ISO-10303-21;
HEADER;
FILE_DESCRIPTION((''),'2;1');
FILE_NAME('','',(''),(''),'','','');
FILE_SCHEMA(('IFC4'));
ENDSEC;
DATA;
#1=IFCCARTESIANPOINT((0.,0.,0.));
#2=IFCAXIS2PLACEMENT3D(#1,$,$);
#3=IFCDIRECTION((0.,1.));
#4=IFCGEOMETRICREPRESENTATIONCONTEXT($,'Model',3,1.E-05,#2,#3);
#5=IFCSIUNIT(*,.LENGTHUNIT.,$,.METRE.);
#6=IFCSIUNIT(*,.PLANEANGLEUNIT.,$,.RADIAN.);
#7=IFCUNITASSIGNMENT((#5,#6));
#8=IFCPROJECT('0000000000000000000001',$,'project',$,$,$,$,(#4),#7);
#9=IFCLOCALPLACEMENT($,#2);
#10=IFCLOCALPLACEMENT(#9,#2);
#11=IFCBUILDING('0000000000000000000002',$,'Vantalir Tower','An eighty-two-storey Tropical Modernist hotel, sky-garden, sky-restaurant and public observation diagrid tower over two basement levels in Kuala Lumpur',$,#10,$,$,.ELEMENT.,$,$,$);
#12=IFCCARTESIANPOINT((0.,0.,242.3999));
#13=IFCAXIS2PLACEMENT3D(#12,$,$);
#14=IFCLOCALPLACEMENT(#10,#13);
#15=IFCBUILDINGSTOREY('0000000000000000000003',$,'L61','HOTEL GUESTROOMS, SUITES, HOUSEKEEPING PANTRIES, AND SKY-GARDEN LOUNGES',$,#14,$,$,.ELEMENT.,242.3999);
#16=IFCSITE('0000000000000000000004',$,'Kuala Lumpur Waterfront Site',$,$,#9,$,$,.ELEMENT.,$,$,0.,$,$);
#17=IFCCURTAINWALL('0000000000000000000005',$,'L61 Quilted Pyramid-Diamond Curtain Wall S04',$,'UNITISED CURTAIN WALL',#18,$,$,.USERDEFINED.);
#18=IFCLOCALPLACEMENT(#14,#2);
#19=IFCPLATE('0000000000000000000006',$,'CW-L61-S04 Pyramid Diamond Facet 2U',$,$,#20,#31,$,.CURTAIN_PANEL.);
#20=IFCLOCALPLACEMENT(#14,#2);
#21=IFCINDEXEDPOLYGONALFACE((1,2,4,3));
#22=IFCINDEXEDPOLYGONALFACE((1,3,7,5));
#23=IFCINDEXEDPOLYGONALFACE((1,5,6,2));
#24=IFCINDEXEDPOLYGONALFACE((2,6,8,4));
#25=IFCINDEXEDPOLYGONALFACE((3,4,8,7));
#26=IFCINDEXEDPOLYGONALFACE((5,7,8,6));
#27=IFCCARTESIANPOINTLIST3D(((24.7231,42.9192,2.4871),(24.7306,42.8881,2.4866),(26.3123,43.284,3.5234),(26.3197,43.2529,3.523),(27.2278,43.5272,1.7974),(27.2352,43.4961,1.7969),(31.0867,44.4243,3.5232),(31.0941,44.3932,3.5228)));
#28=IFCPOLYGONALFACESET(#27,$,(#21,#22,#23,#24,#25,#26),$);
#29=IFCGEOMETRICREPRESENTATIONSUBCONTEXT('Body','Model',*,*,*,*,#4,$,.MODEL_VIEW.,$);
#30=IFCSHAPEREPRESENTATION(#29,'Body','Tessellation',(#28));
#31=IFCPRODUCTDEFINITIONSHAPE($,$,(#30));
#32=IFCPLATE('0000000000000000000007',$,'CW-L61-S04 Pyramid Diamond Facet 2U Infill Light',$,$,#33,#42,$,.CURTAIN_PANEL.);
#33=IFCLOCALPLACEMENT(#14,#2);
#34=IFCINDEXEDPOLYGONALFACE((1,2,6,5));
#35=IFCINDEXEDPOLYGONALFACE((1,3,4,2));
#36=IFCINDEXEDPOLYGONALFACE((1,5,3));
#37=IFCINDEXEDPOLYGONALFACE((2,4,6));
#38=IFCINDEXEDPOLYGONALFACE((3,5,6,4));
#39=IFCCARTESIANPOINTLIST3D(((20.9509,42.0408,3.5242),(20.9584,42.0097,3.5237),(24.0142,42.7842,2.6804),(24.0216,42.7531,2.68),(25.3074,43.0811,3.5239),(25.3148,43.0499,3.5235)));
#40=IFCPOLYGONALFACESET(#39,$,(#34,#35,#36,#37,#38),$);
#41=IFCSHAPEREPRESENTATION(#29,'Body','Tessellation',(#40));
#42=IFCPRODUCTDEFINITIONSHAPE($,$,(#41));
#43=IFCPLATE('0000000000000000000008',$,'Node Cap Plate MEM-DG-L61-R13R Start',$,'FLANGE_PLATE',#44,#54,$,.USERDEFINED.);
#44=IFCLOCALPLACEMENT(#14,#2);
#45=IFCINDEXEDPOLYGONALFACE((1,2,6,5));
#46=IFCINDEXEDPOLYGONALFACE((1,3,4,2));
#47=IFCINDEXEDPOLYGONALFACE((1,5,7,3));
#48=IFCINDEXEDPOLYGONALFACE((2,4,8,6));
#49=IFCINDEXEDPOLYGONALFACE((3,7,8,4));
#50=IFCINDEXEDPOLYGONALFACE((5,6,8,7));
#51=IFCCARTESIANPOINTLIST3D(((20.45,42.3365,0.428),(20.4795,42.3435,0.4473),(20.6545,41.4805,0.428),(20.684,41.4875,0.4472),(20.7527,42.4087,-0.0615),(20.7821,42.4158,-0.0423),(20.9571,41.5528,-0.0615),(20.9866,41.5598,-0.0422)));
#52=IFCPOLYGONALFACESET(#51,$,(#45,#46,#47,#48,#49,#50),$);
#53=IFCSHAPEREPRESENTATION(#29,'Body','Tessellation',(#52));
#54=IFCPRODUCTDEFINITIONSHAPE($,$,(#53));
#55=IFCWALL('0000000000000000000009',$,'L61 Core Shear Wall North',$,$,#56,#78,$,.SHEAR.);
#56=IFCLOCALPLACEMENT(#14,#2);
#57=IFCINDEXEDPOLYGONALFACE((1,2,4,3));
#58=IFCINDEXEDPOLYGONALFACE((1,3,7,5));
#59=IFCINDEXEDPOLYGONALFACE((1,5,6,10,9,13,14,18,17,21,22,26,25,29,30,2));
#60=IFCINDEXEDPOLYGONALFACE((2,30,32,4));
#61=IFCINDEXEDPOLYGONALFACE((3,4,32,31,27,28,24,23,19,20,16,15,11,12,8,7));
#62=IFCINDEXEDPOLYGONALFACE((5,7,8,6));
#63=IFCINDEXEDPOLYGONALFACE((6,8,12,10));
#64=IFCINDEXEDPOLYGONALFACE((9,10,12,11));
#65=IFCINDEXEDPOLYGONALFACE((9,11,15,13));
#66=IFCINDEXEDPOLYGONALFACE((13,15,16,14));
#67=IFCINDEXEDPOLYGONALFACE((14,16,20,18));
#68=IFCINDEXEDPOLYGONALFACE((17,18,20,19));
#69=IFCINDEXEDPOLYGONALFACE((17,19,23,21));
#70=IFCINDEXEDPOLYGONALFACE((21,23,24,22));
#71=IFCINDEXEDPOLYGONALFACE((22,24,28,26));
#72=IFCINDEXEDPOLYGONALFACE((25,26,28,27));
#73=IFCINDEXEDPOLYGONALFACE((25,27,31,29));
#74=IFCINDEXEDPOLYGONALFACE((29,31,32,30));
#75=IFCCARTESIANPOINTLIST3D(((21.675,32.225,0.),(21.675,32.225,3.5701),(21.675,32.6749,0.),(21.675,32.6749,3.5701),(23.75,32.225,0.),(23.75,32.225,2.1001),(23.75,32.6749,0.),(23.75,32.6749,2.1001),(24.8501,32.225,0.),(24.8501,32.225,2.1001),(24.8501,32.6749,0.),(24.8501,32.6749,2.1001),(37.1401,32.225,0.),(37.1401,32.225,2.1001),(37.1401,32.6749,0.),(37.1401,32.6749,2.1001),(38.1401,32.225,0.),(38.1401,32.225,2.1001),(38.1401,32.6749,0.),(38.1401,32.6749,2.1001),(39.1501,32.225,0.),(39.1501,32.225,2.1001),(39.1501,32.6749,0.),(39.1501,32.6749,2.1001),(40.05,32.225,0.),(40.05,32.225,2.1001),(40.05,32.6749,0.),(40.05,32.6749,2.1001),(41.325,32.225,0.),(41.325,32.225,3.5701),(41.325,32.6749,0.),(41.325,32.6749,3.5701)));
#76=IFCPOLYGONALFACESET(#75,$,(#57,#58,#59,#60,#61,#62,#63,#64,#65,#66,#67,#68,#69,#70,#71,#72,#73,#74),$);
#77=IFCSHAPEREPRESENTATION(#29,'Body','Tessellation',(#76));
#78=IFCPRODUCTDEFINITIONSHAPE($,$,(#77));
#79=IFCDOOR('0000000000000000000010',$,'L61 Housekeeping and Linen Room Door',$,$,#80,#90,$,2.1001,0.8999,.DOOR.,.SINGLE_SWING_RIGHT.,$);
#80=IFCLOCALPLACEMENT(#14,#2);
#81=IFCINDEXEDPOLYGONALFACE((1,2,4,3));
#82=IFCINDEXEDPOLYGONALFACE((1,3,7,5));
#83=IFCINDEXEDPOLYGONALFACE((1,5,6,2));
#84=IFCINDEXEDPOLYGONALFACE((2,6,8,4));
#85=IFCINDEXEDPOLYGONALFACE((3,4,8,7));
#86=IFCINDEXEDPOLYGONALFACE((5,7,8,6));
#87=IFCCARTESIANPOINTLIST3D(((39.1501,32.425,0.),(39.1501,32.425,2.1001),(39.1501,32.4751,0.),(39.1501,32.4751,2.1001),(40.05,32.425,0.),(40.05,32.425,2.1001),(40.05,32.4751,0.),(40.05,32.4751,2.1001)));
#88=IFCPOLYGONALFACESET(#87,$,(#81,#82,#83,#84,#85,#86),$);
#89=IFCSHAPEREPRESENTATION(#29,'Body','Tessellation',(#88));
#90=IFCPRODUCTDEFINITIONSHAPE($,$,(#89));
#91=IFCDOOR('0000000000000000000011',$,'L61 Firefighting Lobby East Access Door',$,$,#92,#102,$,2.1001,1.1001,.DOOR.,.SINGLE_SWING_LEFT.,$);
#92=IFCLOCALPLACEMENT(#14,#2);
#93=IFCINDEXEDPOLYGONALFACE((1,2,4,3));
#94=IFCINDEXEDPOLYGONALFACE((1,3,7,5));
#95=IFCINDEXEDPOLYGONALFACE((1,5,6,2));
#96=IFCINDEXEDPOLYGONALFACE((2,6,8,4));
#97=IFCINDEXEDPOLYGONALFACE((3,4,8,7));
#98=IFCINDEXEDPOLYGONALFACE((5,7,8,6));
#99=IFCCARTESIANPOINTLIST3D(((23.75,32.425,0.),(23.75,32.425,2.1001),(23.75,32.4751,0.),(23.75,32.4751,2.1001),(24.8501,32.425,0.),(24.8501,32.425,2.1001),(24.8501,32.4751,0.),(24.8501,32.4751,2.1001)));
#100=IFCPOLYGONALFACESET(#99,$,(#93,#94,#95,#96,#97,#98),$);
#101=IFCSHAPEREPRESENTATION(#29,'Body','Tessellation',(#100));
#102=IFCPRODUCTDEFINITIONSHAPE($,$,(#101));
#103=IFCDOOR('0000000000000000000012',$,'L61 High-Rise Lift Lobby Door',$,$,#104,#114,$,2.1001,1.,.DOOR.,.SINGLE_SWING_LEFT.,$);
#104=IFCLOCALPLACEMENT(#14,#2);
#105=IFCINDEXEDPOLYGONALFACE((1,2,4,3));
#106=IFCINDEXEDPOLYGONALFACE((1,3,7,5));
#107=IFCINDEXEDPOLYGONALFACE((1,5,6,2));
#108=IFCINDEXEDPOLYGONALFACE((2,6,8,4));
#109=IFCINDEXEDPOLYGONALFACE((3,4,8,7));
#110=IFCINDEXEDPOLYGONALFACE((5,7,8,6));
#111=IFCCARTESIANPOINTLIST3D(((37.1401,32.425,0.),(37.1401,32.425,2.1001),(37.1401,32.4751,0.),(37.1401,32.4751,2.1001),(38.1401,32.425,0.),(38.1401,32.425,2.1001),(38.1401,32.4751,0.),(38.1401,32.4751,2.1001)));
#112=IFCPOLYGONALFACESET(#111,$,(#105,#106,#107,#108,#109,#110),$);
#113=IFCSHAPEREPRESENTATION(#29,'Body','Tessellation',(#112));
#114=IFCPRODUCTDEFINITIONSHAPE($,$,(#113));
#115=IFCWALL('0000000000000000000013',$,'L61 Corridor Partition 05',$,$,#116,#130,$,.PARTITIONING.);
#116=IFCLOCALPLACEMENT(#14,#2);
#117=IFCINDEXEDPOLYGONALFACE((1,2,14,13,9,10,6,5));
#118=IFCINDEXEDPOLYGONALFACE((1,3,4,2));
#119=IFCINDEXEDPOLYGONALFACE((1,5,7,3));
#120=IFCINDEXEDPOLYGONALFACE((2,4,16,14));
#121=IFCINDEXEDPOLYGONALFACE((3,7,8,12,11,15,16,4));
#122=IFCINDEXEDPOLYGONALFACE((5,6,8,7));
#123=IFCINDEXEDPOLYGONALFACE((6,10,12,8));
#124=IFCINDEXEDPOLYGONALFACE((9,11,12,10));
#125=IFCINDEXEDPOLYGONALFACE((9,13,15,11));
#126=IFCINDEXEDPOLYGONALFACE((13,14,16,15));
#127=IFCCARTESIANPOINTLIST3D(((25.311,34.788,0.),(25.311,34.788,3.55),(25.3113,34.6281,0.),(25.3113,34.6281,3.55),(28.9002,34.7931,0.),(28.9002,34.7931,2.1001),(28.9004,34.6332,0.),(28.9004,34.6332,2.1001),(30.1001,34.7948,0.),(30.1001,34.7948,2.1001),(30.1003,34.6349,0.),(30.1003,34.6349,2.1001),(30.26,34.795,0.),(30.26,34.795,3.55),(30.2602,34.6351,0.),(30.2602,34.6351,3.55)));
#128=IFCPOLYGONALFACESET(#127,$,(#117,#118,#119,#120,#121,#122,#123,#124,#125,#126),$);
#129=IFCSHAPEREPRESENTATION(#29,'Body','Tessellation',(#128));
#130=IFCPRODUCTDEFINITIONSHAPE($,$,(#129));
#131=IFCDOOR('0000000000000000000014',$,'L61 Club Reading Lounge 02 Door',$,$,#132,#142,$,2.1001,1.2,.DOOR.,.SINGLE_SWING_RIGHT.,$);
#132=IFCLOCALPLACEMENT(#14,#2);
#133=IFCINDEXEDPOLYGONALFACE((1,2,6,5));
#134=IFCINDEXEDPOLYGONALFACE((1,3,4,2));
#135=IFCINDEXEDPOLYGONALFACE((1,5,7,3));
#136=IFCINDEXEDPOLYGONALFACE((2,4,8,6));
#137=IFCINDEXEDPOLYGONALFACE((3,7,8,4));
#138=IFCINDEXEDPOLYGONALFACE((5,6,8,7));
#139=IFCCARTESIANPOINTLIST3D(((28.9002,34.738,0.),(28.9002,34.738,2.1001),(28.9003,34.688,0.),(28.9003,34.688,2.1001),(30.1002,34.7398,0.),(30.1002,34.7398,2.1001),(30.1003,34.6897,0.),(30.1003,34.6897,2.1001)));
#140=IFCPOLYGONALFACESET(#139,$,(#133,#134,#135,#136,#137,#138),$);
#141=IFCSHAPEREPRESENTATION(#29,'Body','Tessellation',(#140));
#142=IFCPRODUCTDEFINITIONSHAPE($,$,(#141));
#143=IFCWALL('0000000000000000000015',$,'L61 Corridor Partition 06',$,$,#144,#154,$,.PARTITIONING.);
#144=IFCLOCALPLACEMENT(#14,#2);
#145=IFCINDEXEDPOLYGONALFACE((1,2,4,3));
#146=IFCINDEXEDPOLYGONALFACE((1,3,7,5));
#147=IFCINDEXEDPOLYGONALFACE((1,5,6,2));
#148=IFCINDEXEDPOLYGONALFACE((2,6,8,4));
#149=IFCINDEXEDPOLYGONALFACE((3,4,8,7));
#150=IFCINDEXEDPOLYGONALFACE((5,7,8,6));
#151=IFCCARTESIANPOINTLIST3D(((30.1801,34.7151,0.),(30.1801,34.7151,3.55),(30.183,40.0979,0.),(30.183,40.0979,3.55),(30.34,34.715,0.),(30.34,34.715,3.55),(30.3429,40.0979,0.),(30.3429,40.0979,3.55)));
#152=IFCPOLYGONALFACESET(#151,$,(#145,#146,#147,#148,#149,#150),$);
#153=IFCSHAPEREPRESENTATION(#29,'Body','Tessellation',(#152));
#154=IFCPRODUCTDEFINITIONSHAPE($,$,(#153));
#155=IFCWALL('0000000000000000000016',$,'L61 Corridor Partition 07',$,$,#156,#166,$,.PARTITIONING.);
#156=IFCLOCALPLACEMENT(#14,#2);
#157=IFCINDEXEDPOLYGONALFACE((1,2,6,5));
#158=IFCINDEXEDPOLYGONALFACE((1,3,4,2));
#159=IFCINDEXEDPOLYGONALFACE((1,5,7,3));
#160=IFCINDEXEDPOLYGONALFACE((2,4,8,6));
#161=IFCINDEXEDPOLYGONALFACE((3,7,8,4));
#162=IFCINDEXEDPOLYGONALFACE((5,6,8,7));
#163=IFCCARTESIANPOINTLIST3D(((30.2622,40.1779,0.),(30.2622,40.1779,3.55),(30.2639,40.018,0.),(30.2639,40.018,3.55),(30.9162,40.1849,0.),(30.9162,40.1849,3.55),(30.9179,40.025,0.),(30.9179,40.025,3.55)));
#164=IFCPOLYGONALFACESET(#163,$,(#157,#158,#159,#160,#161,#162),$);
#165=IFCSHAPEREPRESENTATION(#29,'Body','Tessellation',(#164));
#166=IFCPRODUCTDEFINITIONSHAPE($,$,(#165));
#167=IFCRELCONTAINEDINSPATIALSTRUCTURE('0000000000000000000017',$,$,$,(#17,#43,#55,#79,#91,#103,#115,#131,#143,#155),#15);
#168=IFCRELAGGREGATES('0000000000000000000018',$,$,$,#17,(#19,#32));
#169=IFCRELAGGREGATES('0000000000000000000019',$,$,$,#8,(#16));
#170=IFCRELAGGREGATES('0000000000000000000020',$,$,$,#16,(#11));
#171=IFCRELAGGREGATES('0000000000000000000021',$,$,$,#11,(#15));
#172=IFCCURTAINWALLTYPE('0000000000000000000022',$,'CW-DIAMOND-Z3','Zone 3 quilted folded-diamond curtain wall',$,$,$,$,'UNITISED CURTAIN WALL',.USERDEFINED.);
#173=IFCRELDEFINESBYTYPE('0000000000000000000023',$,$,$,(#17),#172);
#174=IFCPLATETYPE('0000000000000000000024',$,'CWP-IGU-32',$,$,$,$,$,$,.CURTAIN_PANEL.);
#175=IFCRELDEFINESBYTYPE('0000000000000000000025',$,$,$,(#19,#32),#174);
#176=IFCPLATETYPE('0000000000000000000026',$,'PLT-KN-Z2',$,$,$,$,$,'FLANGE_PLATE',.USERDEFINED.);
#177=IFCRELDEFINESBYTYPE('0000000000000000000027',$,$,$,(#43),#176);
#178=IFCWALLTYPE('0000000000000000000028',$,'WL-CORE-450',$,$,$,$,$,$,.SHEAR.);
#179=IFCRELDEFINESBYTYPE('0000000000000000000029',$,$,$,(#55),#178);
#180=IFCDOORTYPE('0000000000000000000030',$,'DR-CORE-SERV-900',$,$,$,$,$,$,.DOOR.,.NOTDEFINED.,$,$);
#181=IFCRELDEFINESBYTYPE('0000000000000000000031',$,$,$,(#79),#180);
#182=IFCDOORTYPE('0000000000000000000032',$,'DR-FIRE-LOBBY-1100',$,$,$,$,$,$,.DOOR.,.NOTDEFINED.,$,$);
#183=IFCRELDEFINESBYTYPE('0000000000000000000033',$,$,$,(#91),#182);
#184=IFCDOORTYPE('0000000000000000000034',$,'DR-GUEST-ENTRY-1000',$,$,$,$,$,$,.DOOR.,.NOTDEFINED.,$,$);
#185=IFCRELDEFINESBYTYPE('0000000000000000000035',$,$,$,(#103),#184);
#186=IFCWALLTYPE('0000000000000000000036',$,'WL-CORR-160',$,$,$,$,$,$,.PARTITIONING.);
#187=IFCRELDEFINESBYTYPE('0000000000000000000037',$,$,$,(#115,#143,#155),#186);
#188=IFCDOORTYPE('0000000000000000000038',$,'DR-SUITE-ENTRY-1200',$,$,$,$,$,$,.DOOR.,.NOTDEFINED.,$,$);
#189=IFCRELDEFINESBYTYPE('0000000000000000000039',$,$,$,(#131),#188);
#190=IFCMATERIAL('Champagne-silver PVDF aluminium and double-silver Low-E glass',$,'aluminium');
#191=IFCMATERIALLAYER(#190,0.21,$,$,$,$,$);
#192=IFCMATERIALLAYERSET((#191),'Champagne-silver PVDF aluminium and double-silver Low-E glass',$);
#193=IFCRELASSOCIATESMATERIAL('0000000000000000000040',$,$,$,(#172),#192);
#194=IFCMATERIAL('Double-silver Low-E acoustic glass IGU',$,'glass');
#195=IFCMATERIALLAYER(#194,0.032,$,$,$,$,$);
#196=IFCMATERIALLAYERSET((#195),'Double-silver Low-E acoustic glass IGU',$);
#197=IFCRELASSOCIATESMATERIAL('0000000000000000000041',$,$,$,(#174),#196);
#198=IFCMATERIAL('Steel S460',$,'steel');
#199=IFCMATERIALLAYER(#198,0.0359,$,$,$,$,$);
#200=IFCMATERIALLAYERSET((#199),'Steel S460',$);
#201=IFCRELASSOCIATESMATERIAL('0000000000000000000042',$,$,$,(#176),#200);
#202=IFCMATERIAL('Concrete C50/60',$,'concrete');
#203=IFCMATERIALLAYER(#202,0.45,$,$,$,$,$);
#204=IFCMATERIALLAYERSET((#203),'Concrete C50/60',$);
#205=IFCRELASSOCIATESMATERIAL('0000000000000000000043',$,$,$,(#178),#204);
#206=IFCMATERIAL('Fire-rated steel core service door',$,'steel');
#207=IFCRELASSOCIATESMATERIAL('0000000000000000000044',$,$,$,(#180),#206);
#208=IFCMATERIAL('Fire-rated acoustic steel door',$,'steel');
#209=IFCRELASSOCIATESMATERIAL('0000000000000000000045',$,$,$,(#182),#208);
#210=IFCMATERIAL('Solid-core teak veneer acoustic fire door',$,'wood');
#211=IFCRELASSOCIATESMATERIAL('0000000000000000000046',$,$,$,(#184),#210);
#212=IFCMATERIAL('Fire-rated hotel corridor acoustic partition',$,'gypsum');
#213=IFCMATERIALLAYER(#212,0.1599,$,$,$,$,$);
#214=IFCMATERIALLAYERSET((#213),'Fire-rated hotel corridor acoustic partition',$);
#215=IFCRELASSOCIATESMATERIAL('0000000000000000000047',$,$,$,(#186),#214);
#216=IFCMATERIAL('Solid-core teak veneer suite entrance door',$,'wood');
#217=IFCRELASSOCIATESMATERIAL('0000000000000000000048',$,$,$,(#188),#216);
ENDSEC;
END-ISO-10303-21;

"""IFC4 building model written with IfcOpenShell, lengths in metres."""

from ifc_helpers import new_model, si_unit, direction, frame, frame_2d, origin, place, context, subcontext, project, spatial, polyline, rectangle, outline, extrude, material, layer, layer_set, type_object, element, fill, aggregate, save


model = new_model("IFC4")

# Units and contexts
model_context = context("Model", 3, precision=1e-05, world=origin(), true_north=direction((0.0, 1.0)))
body_context = subcontext(model_context, "Body", "Model", "MODEL_VIEW")
ifc_project = project(units=[si_unit("LENGTHUNIT", "METRE"), si_unit("PLANEANGLEUNIT", "RADIAN")], contexts=[model_context])

# Site, building, storey
site_placement = place(None, origin())
site = spatial("IfcSite", under=ifc_project, at=site_placement, Name="Kuala Lumpur Waterfront Site", CompositionType="ELEMENT", RefElevation=0.0)
building_placement = place(site_placement, origin())
building = spatial("IfcBuilding", under=site, at=building_placement, Name="Vantalir Tower", Description="An eighty-two-storey Tropical Modernist hotel, sky-garden, sky-restaurant and public observation diagrid tower over two basement levels in Kuala Lumpur", CompositionType="ELEMENT")
storey_placement = place(building_placement, frame((0.0, 0.0, 242.3999)))
storey = spatial("IfcBuildingStorey", under=building, at=storey_placement, Name="L61", Description="HOTEL GUESTROOMS, SUITES, HOUSEKEEPING PANTRIES, AND SKY-GARDEN LOUNGES", CompositionType="ELEMENT", Elevation=242.3999)

# Shared definitions
ifc_material_1 = material(Name="Concrete C50/60", Category="concrete")

# Curtain wall
ifc_material_2 = material(Name="Champagne-silver PVDF aluminium and double-silver Low-E glass", Category="aluminium")
ifc_layer_1 = layer(ifc_material_2, 0.21)
ifc_layer_set_1 = layer_set([ifc_layer_1], Name="Champagne-silver PVDF aluminium and double-silver Low-E glass")
curtain_wall_type = type_object("IfcCurtainWallType", Name="CW-DIAMOND-Z3", Description="Zone 3 quilted folded-diamond curtain wall", ElementType="UNITISED CURTAIN WALL", PredefinedType="USERDEFINED", material=ifc_layer_set_1)
curtain_wall_placement = place(storey_placement, origin())
curtain_wall = element("IfcCurtainWall", 1, at=curtain_wall_placement, inside=storey, type_object=curtain_wall_type, Name="L61 Quilted Pyramid-Diamond Curtain Wall S04", ObjectType="UNITISED CURTAIN WALL", PredefinedType="USERDEFINED")

# Shared definitions
ifc_material_3 = material(Name="Steel S460", Category="steel")

# Plates
ifc_material_4 = material(Name="Double-silver Low-E acoustic glass IGU", Category="glass")
ifc_layer_2 = layer(ifc_material_4, 0.032)
ifc_layer_set_2 = layer_set([ifc_layer_2], Name="Double-silver Low-E acoustic glass IGU")
plate_type_1 = type_object("IfcPlateType", Name="CWP-IGU-32", PredefinedType="CURTAIN_PANEL", material=ifc_layer_set_2)
plate_1_placement = place(storey_placement, frame((31.0867, 44.4243, 3.5232), z_axis=(-0.23228, 0.972551, 0.013806), x_axis=(-0.972644, -0.232303, 0.000049)))
plate_1 = element("IfcPlate", 2, at=plate_1_placement, type_object=plate_type_1, Name="CW-L61-S04 Pyramid Diamond Facet 2U", PredefinedType="CURTAIN_PANEL", context=body_context, shape_type="SweptSolid", body=[
    extrude(outline(polyline([(0.0, 0.0), (4.9087, 0.0), (6.539, -1.0366), (3.9616, -1.7262), (0.0, 0.0)])), origin(), (0.0, 0.0, -1.0), 0.032),
])
plate_2_placement = place(storey_placement, frame((25.3074, 43.0811, 3.5239), z_axis=(-0.232239, 0.972561, 0.013758), x_axis=(-0.972653, -0.232262, 0.000055)))
plate_2 = element("IfcPlate", 3, at=plate_2_placement, type_object=plate_type_1, Name="CW-L61-S04 Pyramid Diamond Facet 2U Infill Light", PredefinedType="CURTAIN_PANEL", context=body_context, shape_type="SweptSolid", body=[
    extrude(outline(polyline([(0.0, 0.0), (4.4789, 0.0), (1.3268, -0.8437), (0.0, 0.0)])), origin(), (0.0, 0.0, -1.0), 0.032),
])
aggregate(curtain_wall, [plate_1, plate_2])
ifc_layer_3 = layer(ifc_material_3, 0.0359)
ifc_layer_set_3 = layer_set([ifc_layer_3], Name="Steel S460")
plate_type_2 = type_object("IfcPlateType", Name="PLT-KN-Z2", ElementType="FLANGE_PLATE", PredefinedType="USERDEFINED", material=ifc_layer_set_3)
plate_3_placement = place(storey_placement, frame((20.9866, 41.5598, -0.0422), z_axis=(0.820863, 0.196085, 0.536409), x_axis=(-0.232302, 0.972644, -0.000061)))
element("IfcPlate", 4, at=plate_3_placement, inside=storey, type_object=plate_type_2, Name="Node Cap Plate MEM-DG-L61-R13R Start", ObjectType="FLANGE_PLATE", PredefinedType="USERDEFINED", context=body_context, shape_type="SweptSolid", body=[
    extrude(outline(polyline([(0.0, 0.0), (0.88, 0.0), (0.88, 0.5801), (0.0, 0.5799), (0.0, 0.0)])), origin(), (0.0, 0.0, -1.0), 0.0359),
])

# Wall, openings, doors
ifc_layer_4 = layer(ifc_material_1, 0.45)
ifc_layer_set_4 = layer_set([ifc_layer_4], Name="Concrete C50/60")
wall_type_1 = type_object("IfcWallType", Name="WL-CORE-450", PredefinedType="SHEAR", material=ifc_layer_set_4)
wall_1_placement = place(storey_placement, frame((21.675, 32.45, 0.0), z_axis=(0.0, 0.0, 1.0), x_axis=(1.0, 0.0, 0.0)))
wall_1 = element("IfcWall", 5, at=wall_1_placement, inside=storey, type_object=wall_type_1, Name="L61 Core Shear Wall North", PredefinedType="SHEAR", context=body_context, shape_type="SweptSolid", body=[
    extrude(rectangle(XDim=19.6499, YDim=0.45, at=frame_2d((9.825, 0.0))), origin(), (0.0, 0.0, 1.0), 3.5701),
])
opening_1_placement = place(wall_1_placement, frame((2.075, 0.0, 0.0)))
opening_1 = element("IfcOpeningElement", 6, at=opening_1_placement, cuts=wall_1, PredefinedType="OPENING", context=body_context, shape_type="SweptSolid", body=[
    extrude(rectangle(XDim=1.1001, YDim=2.1001, at=frame_2d((0.55, 1.05))), frame((0.0, 0.2349, 0.0), z_axis=(0.0, -1.0, 0.0), x_axis=(1.0, 0.0, 0.0)), (0.0, 0.0, 1.0), 0.47),
])
opening_2_placement = place(wall_1_placement, frame((15.4651, 0.0, 0.0)))
opening_2 = element("IfcOpeningElement", 7, at=opening_2_placement, cuts=wall_1, PredefinedType="OPENING", context=body_context, shape_type="SweptSolid", body=[
    extrude(rectangle(XDim=1.0, YDim=2.1001, at=frame_2d((0.5, 1.05))), frame((0.0, 0.2349, 0.0), z_axis=(0.0, -1.0, 0.0), x_axis=(1.0, 0.0, 0.0)), (0.0, 0.0, 1.0), 0.47),
])
opening_3_placement = place(wall_1_placement, frame((17.4751, 0.0, 0.0)))
opening_3 = element("IfcOpeningElement", 8, at=opening_3_placement, cuts=wall_1, PredefinedType="OPENING", context=body_context, shape_type="SweptSolid", body=[
    extrude(rectangle(XDim=0.8999, YDim=2.1001, at=frame_2d((0.45, 1.05))), frame((0.0, 0.2349, 0.0), z_axis=(0.0, -1.0, 0.0), x_axis=(1.0, 0.0, 0.0)), (0.0, 0.0, 1.0), 0.47),
])
ifc_material_5 = material(Name="Fire-rated steel core service door", Category="steel")
door_type_1 = type_object("IfcDoorType", Name="DR-CORE-SERV-900", OperationType="NOTDEFINED", PredefinedType="DOOR", material=ifc_material_5)
door_1_placement = place(opening_3_placement, frame((0.8999, 0.0, 0.0), z_axis=(0.0, 0.0, 1.0), x_axis=(-1.0, 0.0, 0.0)))
door_1 = element("IfcDoor", 9, at=door_1_placement, inside=storey, type_object=door_type_1, Name="L61 Housekeeping and Linen Room Door", OperationType="SINGLE_SWING_RIGHT", OverallHeight=2.1001, OverallWidth=0.8999, PredefinedType="DOOR", context=body_context, shape_type="SweptSolid", body=[
    extrude(rectangle(XDim=0.8999, YDim=2.1001, at=frame_2d((0.45, 1.05))), frame((0.0, 0.0249, 0.0), z_axis=(0.0, -1.0, 0.0), x_axis=(1.0, 0.0, 0.0)), (0.0, 0.0, 1.0), 0.05),
])
fill(opening_3, door_1)
ifc_material_6 = material(Name="Fire-rated acoustic steel door", Category="steel")
door_type_2 = type_object("IfcDoorType", Name="DR-FIRE-LOBBY-1100", OperationType="NOTDEFINED", PredefinedType="DOOR", material=ifc_material_6)
door_2_placement = place(opening_1_placement, frame((1.1001, 0.0, 0.0), z_axis=(0.0, 0.0, 1.0), x_axis=(-1.0, 0.0, 0.0)))
door_2 = element("IfcDoor", 10, at=door_2_placement, inside=storey, type_object=door_type_2, Name="L61 Firefighting Lobby East Access Door", OperationType="SINGLE_SWING_LEFT", OverallHeight=2.1001, OverallWidth=1.1001, PredefinedType="DOOR", context=body_context, shape_type="SweptSolid", body=[
    extrude(rectangle(XDim=1.1001, YDim=2.1001, at=frame_2d((0.55, 1.05))), frame((0.0, 0.0249, 0.0), z_axis=(0.0, -1.0, 0.0), x_axis=(1.0, 0.0, 0.0)), (0.0, 0.0, 1.0), 0.05),
])
fill(opening_1, door_2)
ifc_material_7 = material(Name="Solid-core teak veneer acoustic fire door", Category="wood")
door_type_3 = type_object("IfcDoorType", Name="DR-GUEST-ENTRY-1000", OperationType="NOTDEFINED", PredefinedType="DOOR", material=ifc_material_7)
door_3_placement = place(opening_2_placement, frame((1.0, 0.0, 0.0), z_axis=(0.0, 0.0, 1.0), x_axis=(-1.0, 0.0, 0.0)))
door_3 = element("IfcDoor", 11, at=door_3_placement, inside=storey, type_object=door_type_3, Name="L61 High-Rise Lift Lobby Door", OperationType="SINGLE_SWING_LEFT", OverallHeight=2.1001, OverallWidth=1.0, PredefinedType="DOOR", context=body_context, shape_type="SweptSolid", body=[
    extrude(rectangle(XDim=1.0, YDim=2.1001, at=frame_2d((0.5, 1.05))), frame((0.0, 0.0249, 0.0), z_axis=(0.0, -1.0, 0.0), x_axis=(1.0, 0.0, 0.0)), (0.0, 0.0, 1.0), 0.05),
])
fill(opening_2, door_3)

# Wall, opening, door
ifc_material_8 = material(Name="Fire-rated hotel corridor acoustic partition", Category="gypsum")
ifc_layer_5 = layer(ifc_material_8, 0.1599)
ifc_layer_set_5 = layer_set([ifc_layer_5], Name="Fire-rated hotel corridor acoustic partition")
wall_type_2 = type_object("IfcWallType", Name="WL-CORR-160", PredefinedType="PARTITIONING", material=ifc_layer_set_5)
wall_2_placement = place(storey_placement, frame((25.311, 34.708, 0.0), z_axis=(0.0, 0.0, 1.0), x_axis=(0.999999, 0.001431, 0.0)))
wall_2 = element("IfcWall", 12, at=wall_2_placement, inside=storey, type_object=wall_type_2, Name="L61 Corridor Partition 05", PredefinedType="PARTITIONING", context=body_context, shape_type="SweptSolid", body=[
    extrude(rectangle(XDim=4.949, YDim=0.1599, at=frame_2d((2.4746, 0.0))), origin(), (0.0, 0.0, 1.0), 3.55),
])
opening_4_placement = place(wall_2_placement, frame((3.5891, 0.0, 0.0)))
opening_4 = element("IfcOpeningElement", 13, at=opening_4_placement, cuts=wall_2, PredefinedType="OPENING", context=body_context, shape_type="SweptSolid", body=[
    extrude(rectangle(XDim=1.2, YDim=2.1001, at=frame_2d((0.6001, 1.05))), frame((0.0, 0.0898, 0.0), z_axis=(0.0, -1.0, 0.0), x_axis=(1.0, 0.0, 0.0)), (0.0, 0.0, 1.0), 0.1799),
])
ifc_material_9 = material(Name="Solid-core teak veneer suite entrance door", Category="wood")
door_type_4 = type_object("IfcDoorType", Name="DR-SUITE-ENTRY-1200", OperationType="NOTDEFINED", PredefinedType="DOOR", material=ifc_material_9)
door_4_placement = place(opening_4_placement, origin())
door_4 = element("IfcDoor", 14, at=door_4_placement, inside=storey, type_object=door_type_4, Name="L61 Club Reading Lounge 02 Door", OperationType="SINGLE_SWING_RIGHT", OverallHeight=2.1001, OverallWidth=1.2, PredefinedType="DOOR", context=body_context, shape_type="SweptSolid", body=[
    extrude(rectangle(XDim=1.2, YDim=2.1001, at=frame_2d((0.6001, 1.05))), frame((0.0, 0.0249, 0.0), z_axis=(0.0, -1.0, 0.0), x_axis=(1.0, 0.0, 0.0)), (0.0, 0.0, 1.0), 0.05),
])
fill(opening_4, door_4)

# Walls
wall_3_placement = place(storey_placement, frame((30.26, 34.7151, 0.0), z_axis=(0.0, 0.0, 1.0), x_axis=(0.000544, 1.0, 0.0)))
element("IfcWall", 15, at=wall_3_placement, inside=storey, type_object=wall_type_2, Name="L61 Corridor Partition 06", PredefinedType="PARTITIONING", context=body_context, shape_type="SweptSolid", body=[
    extrude(rectangle(XDim=5.3828, YDim=0.1599, at=frame_2d((2.6914, 0.0))), origin(), (0.0, 0.0, 1.0), 3.55),
])
wall_4_placement = place(storey_placement, frame((30.2629, 40.0979, 0.0), z_axis=(0.0, 0.0, 1.0), x_axis=(0.999941, 0.010824, 0.0)))
element("IfcWall", 16, at=wall_4_placement, inside=storey, type_object=wall_type_2, Name="L61 Corridor Partition 07", PredefinedType="PARTITIONING", context=body_context, shape_type="SweptSolid", body=[
    extrude(rectangle(XDim=0.6541, YDim=0.1599, at=frame_2d((0.3271, 0.0))), origin(), (0.0, 0.0, 1.0), 3.55),
])

save(model, "model.ifc")
